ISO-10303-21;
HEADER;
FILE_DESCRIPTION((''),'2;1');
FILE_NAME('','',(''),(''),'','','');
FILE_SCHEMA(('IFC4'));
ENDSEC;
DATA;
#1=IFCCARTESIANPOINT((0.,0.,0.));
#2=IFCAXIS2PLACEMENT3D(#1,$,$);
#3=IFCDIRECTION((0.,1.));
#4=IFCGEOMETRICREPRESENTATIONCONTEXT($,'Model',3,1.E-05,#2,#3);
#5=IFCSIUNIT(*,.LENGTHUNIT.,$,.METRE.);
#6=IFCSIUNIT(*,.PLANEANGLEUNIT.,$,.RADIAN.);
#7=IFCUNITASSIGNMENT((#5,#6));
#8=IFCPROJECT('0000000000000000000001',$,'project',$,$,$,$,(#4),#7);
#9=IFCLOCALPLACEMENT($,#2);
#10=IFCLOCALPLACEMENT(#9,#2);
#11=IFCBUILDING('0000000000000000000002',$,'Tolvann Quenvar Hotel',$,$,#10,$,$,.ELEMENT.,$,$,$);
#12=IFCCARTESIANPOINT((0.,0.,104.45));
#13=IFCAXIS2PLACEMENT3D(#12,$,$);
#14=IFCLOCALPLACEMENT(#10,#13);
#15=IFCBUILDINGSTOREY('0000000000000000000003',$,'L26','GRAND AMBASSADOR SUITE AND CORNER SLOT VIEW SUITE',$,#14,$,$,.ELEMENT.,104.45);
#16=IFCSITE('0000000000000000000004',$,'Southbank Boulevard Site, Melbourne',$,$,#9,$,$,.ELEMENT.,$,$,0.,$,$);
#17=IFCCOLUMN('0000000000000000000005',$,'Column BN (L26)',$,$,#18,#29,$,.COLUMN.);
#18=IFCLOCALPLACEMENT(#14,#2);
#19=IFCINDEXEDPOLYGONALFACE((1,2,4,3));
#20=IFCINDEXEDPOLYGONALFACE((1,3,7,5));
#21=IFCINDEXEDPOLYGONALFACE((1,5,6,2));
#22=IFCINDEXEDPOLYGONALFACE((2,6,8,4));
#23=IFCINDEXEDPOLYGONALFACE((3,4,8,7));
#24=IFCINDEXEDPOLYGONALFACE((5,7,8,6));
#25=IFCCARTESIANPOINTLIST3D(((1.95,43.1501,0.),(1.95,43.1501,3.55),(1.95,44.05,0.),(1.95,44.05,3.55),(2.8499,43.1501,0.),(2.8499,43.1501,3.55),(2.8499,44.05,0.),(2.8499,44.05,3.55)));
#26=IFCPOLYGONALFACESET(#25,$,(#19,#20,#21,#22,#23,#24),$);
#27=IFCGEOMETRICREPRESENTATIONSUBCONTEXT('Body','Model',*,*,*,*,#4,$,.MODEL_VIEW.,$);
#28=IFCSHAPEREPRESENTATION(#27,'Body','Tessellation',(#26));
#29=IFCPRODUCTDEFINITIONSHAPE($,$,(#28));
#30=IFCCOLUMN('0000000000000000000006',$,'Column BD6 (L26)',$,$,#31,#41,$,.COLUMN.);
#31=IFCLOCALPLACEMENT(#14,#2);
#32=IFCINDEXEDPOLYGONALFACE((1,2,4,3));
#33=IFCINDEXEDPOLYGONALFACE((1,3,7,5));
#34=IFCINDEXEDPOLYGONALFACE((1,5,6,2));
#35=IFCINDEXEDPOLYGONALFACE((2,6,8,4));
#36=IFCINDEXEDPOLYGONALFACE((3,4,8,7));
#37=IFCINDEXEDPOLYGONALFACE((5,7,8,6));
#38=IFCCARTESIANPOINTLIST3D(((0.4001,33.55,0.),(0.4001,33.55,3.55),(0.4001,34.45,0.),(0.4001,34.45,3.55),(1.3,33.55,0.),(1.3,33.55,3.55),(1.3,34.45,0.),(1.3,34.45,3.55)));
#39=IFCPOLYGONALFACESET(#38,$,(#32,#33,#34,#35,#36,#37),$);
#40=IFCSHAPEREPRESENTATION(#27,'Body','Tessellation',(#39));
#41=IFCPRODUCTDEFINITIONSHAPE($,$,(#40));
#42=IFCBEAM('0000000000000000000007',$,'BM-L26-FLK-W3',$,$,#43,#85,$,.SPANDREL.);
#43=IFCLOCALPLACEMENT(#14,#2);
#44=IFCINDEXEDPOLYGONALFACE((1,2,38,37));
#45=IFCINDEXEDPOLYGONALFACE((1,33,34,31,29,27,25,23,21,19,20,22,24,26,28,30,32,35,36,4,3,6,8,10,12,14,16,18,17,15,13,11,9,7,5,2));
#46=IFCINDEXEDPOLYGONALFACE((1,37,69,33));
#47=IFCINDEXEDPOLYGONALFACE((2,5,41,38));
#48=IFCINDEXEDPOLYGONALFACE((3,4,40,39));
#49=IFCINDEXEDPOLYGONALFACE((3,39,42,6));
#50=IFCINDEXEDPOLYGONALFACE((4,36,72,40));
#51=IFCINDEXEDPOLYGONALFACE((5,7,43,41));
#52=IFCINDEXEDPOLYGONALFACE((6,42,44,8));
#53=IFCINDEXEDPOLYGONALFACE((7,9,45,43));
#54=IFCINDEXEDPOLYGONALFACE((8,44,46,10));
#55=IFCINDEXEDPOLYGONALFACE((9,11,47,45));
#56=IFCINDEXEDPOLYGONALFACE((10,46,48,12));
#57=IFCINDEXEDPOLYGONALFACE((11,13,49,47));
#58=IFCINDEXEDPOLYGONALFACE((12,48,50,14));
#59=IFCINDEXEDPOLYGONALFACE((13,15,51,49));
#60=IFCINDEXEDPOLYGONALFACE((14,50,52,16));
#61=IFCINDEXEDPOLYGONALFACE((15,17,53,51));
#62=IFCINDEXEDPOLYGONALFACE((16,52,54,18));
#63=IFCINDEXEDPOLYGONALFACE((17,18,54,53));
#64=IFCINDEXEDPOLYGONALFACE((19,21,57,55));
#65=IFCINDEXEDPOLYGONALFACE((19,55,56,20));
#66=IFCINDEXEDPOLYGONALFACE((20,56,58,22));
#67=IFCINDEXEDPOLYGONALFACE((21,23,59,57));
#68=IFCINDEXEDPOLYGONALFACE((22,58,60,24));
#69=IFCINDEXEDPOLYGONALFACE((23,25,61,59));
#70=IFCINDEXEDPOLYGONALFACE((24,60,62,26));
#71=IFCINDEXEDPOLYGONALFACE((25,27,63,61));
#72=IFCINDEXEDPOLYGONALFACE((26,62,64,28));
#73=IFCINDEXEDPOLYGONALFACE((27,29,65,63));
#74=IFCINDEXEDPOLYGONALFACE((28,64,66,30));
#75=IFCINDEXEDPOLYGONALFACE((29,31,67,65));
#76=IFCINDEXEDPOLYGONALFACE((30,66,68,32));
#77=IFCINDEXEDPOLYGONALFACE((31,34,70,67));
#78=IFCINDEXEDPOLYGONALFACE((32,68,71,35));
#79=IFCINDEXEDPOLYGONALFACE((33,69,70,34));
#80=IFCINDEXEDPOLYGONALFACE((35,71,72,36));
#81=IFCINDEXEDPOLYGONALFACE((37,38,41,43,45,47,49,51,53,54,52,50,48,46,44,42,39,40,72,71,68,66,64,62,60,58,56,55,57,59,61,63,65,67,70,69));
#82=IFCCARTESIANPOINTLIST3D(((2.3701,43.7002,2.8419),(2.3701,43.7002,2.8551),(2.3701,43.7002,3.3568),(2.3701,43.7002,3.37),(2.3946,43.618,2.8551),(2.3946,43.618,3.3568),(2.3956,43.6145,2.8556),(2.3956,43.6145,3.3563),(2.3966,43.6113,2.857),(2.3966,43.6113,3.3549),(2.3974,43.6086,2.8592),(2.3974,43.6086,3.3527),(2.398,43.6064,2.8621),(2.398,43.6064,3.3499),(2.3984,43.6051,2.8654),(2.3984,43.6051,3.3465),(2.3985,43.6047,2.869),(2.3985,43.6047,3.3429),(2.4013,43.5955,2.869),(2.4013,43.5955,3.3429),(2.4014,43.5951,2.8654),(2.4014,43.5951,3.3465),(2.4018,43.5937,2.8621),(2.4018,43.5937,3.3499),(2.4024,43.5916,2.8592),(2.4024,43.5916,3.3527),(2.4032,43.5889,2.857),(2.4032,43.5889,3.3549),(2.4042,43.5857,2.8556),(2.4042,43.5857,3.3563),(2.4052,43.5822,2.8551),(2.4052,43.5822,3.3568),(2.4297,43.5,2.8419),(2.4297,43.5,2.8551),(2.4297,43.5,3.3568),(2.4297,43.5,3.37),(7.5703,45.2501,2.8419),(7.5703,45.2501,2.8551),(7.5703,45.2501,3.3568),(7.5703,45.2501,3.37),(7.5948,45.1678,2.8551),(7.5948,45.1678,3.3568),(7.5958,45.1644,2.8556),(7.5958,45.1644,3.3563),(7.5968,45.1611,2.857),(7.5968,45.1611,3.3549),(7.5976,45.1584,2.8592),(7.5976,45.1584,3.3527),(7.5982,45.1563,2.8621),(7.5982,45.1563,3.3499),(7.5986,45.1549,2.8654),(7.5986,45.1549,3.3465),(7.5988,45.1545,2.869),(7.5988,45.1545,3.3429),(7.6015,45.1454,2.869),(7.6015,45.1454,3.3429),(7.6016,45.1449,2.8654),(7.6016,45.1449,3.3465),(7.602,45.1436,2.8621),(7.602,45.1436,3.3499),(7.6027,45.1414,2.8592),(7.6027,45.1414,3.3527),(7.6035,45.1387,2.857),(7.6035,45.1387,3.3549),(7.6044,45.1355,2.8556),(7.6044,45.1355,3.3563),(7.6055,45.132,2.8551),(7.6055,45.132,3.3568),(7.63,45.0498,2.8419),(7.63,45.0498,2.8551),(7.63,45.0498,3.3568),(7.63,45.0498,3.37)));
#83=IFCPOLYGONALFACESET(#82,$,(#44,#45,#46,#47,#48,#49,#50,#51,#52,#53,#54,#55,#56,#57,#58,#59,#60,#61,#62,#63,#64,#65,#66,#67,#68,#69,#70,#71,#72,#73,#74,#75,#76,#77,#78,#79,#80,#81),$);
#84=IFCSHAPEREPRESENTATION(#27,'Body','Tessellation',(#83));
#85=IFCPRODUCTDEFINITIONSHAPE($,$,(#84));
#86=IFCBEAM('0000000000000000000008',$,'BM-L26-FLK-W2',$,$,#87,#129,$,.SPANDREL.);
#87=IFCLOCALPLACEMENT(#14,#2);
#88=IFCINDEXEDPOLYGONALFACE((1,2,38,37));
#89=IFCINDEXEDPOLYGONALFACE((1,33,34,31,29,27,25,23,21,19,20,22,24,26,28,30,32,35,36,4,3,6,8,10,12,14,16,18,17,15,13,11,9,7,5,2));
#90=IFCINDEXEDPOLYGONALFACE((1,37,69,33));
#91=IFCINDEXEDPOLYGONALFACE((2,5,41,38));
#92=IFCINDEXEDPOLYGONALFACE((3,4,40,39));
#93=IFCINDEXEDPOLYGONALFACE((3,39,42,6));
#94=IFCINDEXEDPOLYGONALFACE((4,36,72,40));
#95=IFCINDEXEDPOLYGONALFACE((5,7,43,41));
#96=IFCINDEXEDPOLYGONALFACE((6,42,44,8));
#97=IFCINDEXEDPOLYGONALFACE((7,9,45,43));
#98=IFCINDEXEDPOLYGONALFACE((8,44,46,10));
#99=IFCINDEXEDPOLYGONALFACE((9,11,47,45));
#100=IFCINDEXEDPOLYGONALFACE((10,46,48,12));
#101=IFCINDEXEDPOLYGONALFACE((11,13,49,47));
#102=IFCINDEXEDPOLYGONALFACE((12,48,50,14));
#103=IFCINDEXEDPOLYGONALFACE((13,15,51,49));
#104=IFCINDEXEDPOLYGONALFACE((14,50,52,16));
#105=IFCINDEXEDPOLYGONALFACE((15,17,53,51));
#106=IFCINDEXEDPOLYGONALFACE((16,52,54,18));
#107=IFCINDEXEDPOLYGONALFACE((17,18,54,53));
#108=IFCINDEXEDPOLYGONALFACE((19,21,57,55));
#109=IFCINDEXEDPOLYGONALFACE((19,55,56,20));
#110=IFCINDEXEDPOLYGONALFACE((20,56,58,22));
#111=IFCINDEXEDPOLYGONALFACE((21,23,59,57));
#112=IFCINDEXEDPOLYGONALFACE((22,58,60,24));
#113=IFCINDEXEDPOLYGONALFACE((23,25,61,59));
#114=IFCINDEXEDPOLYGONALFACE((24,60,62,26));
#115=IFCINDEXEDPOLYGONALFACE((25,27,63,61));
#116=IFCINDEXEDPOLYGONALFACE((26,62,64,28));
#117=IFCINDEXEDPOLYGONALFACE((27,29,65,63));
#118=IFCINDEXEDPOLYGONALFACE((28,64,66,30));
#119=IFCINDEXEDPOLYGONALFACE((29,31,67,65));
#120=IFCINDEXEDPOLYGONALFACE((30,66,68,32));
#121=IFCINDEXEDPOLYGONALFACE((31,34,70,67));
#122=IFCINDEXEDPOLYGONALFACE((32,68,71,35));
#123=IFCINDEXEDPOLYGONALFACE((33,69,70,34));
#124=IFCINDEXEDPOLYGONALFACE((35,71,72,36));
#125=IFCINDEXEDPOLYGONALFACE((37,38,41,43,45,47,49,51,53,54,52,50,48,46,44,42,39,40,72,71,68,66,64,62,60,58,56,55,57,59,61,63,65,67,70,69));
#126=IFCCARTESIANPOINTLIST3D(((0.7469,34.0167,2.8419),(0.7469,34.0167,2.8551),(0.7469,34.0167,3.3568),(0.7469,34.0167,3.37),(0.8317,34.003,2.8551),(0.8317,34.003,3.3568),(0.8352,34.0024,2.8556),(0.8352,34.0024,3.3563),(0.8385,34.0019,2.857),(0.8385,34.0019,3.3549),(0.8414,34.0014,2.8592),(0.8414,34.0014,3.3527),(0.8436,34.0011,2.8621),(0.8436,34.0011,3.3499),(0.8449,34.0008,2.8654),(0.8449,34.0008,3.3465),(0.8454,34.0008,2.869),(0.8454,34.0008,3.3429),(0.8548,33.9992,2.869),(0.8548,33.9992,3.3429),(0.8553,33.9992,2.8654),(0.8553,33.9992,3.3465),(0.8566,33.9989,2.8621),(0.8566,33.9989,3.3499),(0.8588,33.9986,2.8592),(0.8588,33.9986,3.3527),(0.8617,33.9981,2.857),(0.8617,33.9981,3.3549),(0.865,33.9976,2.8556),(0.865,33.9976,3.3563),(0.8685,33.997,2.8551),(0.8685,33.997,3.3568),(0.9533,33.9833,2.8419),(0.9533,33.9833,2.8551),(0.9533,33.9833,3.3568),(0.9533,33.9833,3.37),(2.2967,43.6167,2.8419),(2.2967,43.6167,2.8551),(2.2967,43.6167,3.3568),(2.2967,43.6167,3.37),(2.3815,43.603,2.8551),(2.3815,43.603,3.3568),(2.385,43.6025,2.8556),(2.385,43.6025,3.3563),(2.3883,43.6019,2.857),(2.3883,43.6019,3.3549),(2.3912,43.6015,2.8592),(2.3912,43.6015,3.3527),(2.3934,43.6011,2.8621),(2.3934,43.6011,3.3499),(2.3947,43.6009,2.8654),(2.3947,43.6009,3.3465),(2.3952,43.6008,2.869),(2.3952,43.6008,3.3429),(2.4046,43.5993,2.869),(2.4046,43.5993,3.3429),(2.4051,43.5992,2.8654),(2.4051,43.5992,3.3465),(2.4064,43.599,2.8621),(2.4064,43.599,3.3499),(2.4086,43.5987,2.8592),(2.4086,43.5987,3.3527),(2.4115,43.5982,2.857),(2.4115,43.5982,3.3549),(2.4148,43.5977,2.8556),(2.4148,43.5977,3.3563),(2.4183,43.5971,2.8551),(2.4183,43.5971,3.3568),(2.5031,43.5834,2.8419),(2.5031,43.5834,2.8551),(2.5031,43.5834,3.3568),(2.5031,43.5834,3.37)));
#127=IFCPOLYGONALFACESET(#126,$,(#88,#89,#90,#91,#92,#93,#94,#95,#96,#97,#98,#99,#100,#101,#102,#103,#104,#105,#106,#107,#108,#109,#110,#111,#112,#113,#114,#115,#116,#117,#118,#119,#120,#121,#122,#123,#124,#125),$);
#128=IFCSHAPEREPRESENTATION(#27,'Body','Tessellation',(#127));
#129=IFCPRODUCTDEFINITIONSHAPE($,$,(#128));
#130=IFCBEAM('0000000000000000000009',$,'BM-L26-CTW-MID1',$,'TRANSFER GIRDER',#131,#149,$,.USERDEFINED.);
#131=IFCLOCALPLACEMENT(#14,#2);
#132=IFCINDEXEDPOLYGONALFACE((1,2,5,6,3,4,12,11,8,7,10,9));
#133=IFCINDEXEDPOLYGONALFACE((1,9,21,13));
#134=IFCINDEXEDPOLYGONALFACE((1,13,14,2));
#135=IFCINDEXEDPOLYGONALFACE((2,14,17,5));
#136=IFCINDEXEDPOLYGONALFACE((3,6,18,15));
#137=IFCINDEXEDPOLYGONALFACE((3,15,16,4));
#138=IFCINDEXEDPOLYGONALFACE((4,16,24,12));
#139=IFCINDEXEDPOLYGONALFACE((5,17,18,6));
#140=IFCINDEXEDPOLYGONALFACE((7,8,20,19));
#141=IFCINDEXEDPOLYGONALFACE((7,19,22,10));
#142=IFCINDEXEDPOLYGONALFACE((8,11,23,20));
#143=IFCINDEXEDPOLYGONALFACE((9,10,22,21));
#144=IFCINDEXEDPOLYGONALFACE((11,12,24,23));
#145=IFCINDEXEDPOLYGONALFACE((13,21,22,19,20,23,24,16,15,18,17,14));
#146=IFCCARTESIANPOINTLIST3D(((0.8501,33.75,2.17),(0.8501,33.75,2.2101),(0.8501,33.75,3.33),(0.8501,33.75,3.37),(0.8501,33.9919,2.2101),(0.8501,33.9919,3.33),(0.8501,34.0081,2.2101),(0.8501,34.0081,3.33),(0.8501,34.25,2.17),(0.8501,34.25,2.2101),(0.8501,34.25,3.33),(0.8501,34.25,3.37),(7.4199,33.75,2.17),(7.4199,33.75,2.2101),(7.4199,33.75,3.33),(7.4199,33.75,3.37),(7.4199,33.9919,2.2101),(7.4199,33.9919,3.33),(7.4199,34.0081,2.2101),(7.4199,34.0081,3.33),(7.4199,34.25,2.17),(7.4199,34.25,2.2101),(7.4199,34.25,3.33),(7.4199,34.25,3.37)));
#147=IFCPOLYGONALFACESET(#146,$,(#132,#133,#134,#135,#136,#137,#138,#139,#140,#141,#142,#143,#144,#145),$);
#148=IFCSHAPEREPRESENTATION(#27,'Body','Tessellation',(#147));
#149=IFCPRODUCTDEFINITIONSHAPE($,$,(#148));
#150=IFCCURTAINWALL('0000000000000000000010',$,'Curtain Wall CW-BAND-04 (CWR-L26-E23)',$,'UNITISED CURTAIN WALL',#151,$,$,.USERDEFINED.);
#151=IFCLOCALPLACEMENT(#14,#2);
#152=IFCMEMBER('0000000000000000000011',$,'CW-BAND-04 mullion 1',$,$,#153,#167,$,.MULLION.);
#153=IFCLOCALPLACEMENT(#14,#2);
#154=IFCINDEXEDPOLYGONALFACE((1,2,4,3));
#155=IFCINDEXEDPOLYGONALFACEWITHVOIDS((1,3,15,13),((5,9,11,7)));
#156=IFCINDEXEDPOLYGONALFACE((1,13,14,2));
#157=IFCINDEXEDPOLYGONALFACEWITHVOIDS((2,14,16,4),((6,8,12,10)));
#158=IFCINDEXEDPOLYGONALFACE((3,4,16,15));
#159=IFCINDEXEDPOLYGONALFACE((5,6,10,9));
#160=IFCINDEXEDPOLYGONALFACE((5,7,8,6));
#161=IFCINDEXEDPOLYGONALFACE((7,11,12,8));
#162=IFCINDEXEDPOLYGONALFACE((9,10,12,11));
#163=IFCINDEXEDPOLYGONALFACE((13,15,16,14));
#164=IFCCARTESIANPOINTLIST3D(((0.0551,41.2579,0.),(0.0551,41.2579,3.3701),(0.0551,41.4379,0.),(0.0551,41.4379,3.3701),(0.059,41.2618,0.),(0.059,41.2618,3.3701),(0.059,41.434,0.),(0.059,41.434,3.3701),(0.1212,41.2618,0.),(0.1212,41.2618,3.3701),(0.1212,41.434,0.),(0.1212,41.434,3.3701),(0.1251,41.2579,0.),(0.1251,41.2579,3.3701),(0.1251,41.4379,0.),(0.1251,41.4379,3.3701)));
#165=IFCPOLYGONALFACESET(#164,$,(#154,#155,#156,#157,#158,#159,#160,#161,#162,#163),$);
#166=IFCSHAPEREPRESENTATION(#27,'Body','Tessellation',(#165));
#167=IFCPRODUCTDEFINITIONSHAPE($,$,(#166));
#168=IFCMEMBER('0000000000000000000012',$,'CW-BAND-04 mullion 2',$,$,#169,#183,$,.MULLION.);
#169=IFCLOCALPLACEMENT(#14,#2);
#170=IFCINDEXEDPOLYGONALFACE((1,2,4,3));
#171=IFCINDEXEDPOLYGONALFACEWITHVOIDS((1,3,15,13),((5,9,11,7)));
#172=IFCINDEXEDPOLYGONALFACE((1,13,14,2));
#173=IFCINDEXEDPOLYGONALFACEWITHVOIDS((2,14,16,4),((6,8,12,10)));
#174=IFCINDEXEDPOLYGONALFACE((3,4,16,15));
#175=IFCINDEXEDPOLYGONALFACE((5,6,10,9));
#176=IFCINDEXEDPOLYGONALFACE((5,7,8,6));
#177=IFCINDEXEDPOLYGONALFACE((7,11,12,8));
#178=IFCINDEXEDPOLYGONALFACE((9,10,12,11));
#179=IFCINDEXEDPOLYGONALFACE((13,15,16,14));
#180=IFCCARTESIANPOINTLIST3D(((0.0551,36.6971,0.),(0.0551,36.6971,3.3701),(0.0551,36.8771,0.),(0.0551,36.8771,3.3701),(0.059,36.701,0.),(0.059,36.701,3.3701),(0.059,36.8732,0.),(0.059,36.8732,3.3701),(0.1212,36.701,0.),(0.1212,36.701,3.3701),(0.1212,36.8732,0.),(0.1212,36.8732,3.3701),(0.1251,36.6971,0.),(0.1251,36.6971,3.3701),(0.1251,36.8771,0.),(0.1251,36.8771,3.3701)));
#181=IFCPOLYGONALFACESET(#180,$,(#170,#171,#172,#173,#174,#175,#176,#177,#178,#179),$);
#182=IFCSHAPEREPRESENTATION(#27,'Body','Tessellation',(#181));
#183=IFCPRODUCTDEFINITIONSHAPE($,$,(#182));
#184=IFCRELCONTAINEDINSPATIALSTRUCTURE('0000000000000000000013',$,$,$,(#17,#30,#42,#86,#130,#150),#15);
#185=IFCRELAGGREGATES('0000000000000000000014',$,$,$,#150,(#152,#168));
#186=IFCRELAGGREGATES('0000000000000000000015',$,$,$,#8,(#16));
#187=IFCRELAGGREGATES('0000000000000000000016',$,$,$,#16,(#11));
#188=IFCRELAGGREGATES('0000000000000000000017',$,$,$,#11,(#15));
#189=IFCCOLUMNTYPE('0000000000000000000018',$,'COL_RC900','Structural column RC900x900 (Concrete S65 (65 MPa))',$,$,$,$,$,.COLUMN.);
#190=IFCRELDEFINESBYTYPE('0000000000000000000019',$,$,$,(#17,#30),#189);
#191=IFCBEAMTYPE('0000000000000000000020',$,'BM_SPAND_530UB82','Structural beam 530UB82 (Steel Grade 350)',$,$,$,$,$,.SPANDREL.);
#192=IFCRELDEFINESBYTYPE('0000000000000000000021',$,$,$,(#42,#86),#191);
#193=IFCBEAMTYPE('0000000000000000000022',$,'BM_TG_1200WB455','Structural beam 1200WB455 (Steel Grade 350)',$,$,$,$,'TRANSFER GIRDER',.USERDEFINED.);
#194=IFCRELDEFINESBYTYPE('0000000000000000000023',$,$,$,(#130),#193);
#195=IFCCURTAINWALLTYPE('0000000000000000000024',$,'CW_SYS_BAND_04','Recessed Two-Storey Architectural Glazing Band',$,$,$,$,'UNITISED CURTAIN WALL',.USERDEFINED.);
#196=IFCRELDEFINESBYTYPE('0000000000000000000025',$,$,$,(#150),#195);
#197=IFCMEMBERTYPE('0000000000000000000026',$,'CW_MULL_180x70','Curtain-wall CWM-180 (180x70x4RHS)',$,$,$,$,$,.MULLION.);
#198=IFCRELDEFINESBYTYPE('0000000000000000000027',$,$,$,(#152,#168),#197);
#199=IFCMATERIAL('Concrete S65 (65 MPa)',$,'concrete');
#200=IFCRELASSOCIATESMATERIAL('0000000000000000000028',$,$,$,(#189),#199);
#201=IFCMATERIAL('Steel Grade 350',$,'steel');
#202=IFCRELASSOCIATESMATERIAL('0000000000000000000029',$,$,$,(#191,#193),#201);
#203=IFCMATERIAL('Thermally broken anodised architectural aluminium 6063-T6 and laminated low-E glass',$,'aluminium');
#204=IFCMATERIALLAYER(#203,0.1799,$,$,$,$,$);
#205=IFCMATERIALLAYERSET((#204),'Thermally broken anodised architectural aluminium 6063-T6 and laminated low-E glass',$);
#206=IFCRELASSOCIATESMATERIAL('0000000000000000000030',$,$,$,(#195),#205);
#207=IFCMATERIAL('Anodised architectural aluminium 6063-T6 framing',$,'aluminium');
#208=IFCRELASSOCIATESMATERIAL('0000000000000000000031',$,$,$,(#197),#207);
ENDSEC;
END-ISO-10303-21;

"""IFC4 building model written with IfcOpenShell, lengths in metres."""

from ifc_helpers import new_model, si_unit, direction, frame, origin, origin_2d, place, context, subcontext, project, spatial, rectangle, hollow_rectangle, i_section, extrude, source, transform, mapped, material, layer, layer_set, material_profile, profile_set, type_object, type_shapes, element, aggregate, save


model = new_model("IFC4")

# Units and contexts
model_context = context("Model", 3, precision=1e-05, world=origin(), true_north=direction((0.0, 1.0)))
body_context = subcontext(model_context, "Body", "Model", "MODEL_VIEW")
ifc_project = project(units=[si_unit("LENGTHUNIT", "METRE"), si_unit("PLANEANGLEUNIT", "RADIAN")], contexts=[model_context])

# Site, building, storey
site_placement = place(None, origin())
site = spatial("IfcSite", under=ifc_project, at=site_placement, Name="Southbank Boulevard Site, Melbourne", CompositionType="ELEMENT", RefElevation=0.0)
building_placement = place(site_placement, origin())
building = spatial("IfcBuilding", under=site, at=building_placement, Name="Tolvann Quenvar Hotel", CompositionType="ELEMENT")
storey_placement = place(building_placement, frame((0.0, 0.0, 104.45)))
storey = spatial("IfcBuildingStorey", under=building, at=storey_placement, Name="L26", Description="GRAND AMBASSADOR SUITE AND CORNER SLOT VIEW SUITE", CompositionType="ELEMENT", Elevation=104.45)

# Columns
ifc_material_1 = material(Name="Concrete S65 (65 MPa)", Category="concrete")
ifc_material_profile_1 = material_profile(ifc_material_1, rectangle(XDim=0.8999, YDim=0.8999, at=origin_2d()), Name="RC900x900")
ifc_profile_set_1 = profile_set([ifc_material_profile_1], Name="Concrete S65 (65 MPa)")
column_type = type_object("IfcColumnType", Name="COL_RC900", Description="Structural column RC900x900 (Concrete S65 (65 MPa))", PredefinedType="COLUMN", material=ifc_profile_set_1)
shared_shape_1 = source(origin(), body_context, "Body", "SweptSolid", [
    extrude(rectangle(XDim=0.8999, YDim=0.8999, at=origin_2d()), origin(), (0.0, 0.0, 1.0), 3.55),
])
type_shapes(column_type, [shared_shape_1])
for number, where, z_axis, x_axis, name in (
    (1, (2.3999, 43.6001, 0.0), (0.0, 0.0, 1.0), (1.0, 0.0, 0.0), "Column BN (L26)"),
    (2, (0.8501, 34.0, 0.0), (0.0, 0.0, 1.0), (1.0, 0.0, 0.0), "Column BD6 (L26)"),
):
    element("IfcColumn", number, at=place(storey_placement, frame(where, z_axis=z_axis, x_axis=x_axis)), inside=storey, type_object=column_type, Name=name, PredefinedType="COLUMN", context=body_context, shape_type="MappedRepresentation", body=[
        mapped(shared_shape_1, transform((0.0, 0.0, 0.0), x_axis=(1.0, 0.0, 0.0), y_axis=(0.0, 1.0, 0.0), z_axis=(0.0, 0.0, 1.0), scale=1.0)),
    ])

# Beams
ifc_material_2 = material(Name="Steel Grade 350", Category="steel")
ifc_material_profile_2 = material_profile(ifc_material_2, i_section(OverallWidth=0.209, OverallDepth=0.5281, WebThickness=0.0095, FlangeThickness=0.0132, FilletRadius=0.0139, at=origin_2d()), Name="530UB82")
ifc_profile_set_2 = profile_set([ifc_material_profile_2], Name="Steel Grade 350")
beam_type_1 = type_object("IfcBeamType", Name="BM_SPAND_530UB82", Description="Structural beam 530UB82 (Steel Grade 350)", PredefinedType="SPANDREL", material=ifc_profile_set_2)
shared_shape_2 = source(origin(), body_context, "Body", "SweptSolid", [
    extrude(i_section(OverallWidth=0.209, OverallDepth=0.5281, WebThickness=0.0095, FlangeThickness=0.0132, FilletRadius=0.0139, at=origin_2d()), origin(), (0.0, 0.0, 1.0), 5.4263),
])
beam_1_placement = place(storey_placement, frame((2.3999, 43.6001, 3.106), z_axis=(0.958345, 0.285614, 0.0), x_axis=(-0.285614, 0.958345, 0.0)))
element("IfcBeam", 3, at=beam_1_placement, inside=storey, type_object=beam_type_1, Name="BM-L26-FLK-W3", PredefinedType="SPANDREL", context=body_context, shape_type="MappedRepresentation", body=[
    mapped(shared_shape_2, transform((0.0, 0.0, 0.0), x_axis=(1.0, 0.0, 0.0), y_axis=(0.0, 1.0, 0.0), z_axis=(0.0, 0.0, 1.0), scale=1.0)),
])
shared_shape_3 = source(origin(), body_context, "Body", "SweptSolid", [
    extrude(i_section(OverallWidth=0.209, OverallDepth=0.5281, WebThickness=0.0095, FlangeThickness=0.0132, FilletRadius=0.0139, at=origin_2d()), origin(), (0.0, 0.0, 1.0), 9.7244),
])
type_shapes(beam_type_1, [shared_shape_2, shared_shape_3])
beam_2_placement = place(storey_placement, frame((0.8501, 34.0, 3.106), z_axis=(0.159373, 0.987218, 0.0), x_axis=(-0.987218, 0.159373, 0.0)))
element("IfcBeam", 4, at=beam_2_placement, inside=storey, type_object=beam_type_1, Name="BM-L26-FLK-W2", PredefinedType="SPANDREL", context=body_context, shape_type="MappedRepresentation", body=[
    mapped(shared_shape_3, transform((0.0, 0.0, 0.0), x_axis=(1.0, 0.0, 0.0), y_axis=(0.0, 1.0, 0.0), z_axis=(0.0, 0.0, 1.0), scale=1.0)),
])
ifc_material_profile_3 = material_profile(ifc_material_2, i_section(OverallWidth=0.5, OverallDepth=1.2, WebThickness=0.0161, FlangeThickness=0.04, at=origin_2d()), Name="1200WB455")
ifc_profile_set_3 = profile_set([ifc_material_profile_3], Name="Steel Grade 350")
beam_type_2 = type_object("IfcBeamType", Name="BM_TG_1200WB455", Description="Structural beam 1200WB455 (Steel Grade 350)", ElementType="TRANSFER GIRDER", PredefinedType="USERDEFINED", material=ifc_profile_set_3)
shared_shape_4 = source(origin(), body_context, "Body", "SweptSolid", [
    extrude(i_section(OverallWidth=0.5, OverallDepth=1.2, WebThickness=0.0161, FlangeThickness=0.04, at=origin_2d()), origin(), (0.0, 0.0, 1.0), 6.5698),
])
type_shapes(beam_type_2, [shared_shape_4])
beam_3_placement = place(storey_placement, frame((0.8501, 34.0, 2.77), z_axis=(1.0, 0.0, 0.0), x_axis=(0.0, 1.0, 0.0)))
element("IfcBeam", 5, at=beam_3_placement, inside=storey, type_object=beam_type_2, Name="BM-L26-CTW-MID1", ObjectType="TRANSFER GIRDER", PredefinedType="USERDEFINED", context=body_context, shape_type="MappedRepresentation", body=[
    mapped(shared_shape_4, transform((0.0, 0.0, 0.0), x_axis=(1.0, 0.0, 0.0), y_axis=(0.0, 1.0, 0.0), z_axis=(0.0, 0.0, 1.0), scale=1.0)),
])

# Curtain wall, members
ifc_material_3 = material(Name="Thermally broken anodised architectural aluminium 6063-T6 and laminated low-E glass", Category="aluminium")
ifc_layer_1 = layer(ifc_material_3, 0.1799)
ifc_layer_set_1 = layer_set([ifc_layer_1], Name="Thermally broken anodised architectural aluminium 6063-T6 and laminated low-E glass")
curtain_wall_type = type_object("IfcCurtainWallType", Name="CW_SYS_BAND_04", Description="Recessed Two-Storey Architectural Glazing Band", ElementType="UNITISED CURTAIN WALL", PredefinedType="USERDEFINED", material=ifc_layer_set_1)
curtain_wall_placement = place(storey_placement, origin())
curtain_wall = element("IfcCurtainWall", 6, at=curtain_wall_placement, inside=storey, type_object=curtain_wall_type, Name="Curtain Wall CW-BAND-04 (CWR-L26-E23)", ObjectType="UNITISED CURTAIN WALL", PredefinedType="USERDEFINED")
ifc_material_4 = material(Name="Anodised architectural aluminium 6063-T6 framing", Category="aluminium")
ifc_material_profile_4 = material_profile(ifc_material_4, hollow_rectangle(XDim=0.0701, YDim=0.1799, WallThickness=0.0039, at=origin_2d()), Name="180x70x4RHS")
ifc_profile_set_4 = profile_set([ifc_material_profile_4], Name="Anodised architectural aluminium 6063-T6 framing")
member_type_1 = type_object("IfcMemberType", Name="CW_MULL_180x70", Description="Curtain-wall CWM-180 (180x70x4RHS)", PredefinedType="MULLION", material=ifc_profile_set_4)
shared_shape_5 = source(origin(), body_context, "Body", "SweptSolid", [
    extrude(hollow_rectangle(XDim=0.0701, YDim=0.1799, WallThickness=0.0039, at=origin_2d()), origin(), (0.0, 0.0, 1.0), 3.3701),
])
type_shapes(member_type_1, [shared_shape_5])
member_1_placement = place(storey_placement, frame((0.0901, 41.3479, 0.0), z_axis=(0.0, 0.0, 1.0), x_axis=(1.0, 0.0, 0.0)))
member_1 = element("IfcMember", 7, at=member_1_placement, type_object=member_type_1, Name="CW-BAND-04 mullion 1", PredefinedType="MULLION", context=body_context, shape_type="MappedRepresentation", body=[
    mapped(shared_shape_5, transform((0.0, 0.0, 0.0), x_axis=(1.0, 0.0, 0.0), y_axis=(0.0, 1.0, 0.0), z_axis=(0.0, 0.0, 1.0), scale=1.0)),
])
member_2_placement = place(storey_placement, frame((0.0901, 36.7871, 0.0), z_axis=(0.0, 0.0, 1.0), x_axis=(1.0, 0.0, 0.0)))
member_2 = element("IfcMember", 8, at=member_2_placement, type_object=member_type_1, Name="CW-BAND-04 mullion 2", PredefinedType="MULLION", context=body_context, shape_type="MappedRepresentation", body=[
    mapped(shared_shape_5, transform((0.0, 0.0, 0.0), x_axis=(1.0, 0.0, 0.0), y_axis=(0.0, 1.0, 0.0), z_axis=(0.0, 0.0, 1.0), scale=1.0)),
])
aggregate(curtain_wall, [member_1, member_2])

save(model, "model.ifc")
